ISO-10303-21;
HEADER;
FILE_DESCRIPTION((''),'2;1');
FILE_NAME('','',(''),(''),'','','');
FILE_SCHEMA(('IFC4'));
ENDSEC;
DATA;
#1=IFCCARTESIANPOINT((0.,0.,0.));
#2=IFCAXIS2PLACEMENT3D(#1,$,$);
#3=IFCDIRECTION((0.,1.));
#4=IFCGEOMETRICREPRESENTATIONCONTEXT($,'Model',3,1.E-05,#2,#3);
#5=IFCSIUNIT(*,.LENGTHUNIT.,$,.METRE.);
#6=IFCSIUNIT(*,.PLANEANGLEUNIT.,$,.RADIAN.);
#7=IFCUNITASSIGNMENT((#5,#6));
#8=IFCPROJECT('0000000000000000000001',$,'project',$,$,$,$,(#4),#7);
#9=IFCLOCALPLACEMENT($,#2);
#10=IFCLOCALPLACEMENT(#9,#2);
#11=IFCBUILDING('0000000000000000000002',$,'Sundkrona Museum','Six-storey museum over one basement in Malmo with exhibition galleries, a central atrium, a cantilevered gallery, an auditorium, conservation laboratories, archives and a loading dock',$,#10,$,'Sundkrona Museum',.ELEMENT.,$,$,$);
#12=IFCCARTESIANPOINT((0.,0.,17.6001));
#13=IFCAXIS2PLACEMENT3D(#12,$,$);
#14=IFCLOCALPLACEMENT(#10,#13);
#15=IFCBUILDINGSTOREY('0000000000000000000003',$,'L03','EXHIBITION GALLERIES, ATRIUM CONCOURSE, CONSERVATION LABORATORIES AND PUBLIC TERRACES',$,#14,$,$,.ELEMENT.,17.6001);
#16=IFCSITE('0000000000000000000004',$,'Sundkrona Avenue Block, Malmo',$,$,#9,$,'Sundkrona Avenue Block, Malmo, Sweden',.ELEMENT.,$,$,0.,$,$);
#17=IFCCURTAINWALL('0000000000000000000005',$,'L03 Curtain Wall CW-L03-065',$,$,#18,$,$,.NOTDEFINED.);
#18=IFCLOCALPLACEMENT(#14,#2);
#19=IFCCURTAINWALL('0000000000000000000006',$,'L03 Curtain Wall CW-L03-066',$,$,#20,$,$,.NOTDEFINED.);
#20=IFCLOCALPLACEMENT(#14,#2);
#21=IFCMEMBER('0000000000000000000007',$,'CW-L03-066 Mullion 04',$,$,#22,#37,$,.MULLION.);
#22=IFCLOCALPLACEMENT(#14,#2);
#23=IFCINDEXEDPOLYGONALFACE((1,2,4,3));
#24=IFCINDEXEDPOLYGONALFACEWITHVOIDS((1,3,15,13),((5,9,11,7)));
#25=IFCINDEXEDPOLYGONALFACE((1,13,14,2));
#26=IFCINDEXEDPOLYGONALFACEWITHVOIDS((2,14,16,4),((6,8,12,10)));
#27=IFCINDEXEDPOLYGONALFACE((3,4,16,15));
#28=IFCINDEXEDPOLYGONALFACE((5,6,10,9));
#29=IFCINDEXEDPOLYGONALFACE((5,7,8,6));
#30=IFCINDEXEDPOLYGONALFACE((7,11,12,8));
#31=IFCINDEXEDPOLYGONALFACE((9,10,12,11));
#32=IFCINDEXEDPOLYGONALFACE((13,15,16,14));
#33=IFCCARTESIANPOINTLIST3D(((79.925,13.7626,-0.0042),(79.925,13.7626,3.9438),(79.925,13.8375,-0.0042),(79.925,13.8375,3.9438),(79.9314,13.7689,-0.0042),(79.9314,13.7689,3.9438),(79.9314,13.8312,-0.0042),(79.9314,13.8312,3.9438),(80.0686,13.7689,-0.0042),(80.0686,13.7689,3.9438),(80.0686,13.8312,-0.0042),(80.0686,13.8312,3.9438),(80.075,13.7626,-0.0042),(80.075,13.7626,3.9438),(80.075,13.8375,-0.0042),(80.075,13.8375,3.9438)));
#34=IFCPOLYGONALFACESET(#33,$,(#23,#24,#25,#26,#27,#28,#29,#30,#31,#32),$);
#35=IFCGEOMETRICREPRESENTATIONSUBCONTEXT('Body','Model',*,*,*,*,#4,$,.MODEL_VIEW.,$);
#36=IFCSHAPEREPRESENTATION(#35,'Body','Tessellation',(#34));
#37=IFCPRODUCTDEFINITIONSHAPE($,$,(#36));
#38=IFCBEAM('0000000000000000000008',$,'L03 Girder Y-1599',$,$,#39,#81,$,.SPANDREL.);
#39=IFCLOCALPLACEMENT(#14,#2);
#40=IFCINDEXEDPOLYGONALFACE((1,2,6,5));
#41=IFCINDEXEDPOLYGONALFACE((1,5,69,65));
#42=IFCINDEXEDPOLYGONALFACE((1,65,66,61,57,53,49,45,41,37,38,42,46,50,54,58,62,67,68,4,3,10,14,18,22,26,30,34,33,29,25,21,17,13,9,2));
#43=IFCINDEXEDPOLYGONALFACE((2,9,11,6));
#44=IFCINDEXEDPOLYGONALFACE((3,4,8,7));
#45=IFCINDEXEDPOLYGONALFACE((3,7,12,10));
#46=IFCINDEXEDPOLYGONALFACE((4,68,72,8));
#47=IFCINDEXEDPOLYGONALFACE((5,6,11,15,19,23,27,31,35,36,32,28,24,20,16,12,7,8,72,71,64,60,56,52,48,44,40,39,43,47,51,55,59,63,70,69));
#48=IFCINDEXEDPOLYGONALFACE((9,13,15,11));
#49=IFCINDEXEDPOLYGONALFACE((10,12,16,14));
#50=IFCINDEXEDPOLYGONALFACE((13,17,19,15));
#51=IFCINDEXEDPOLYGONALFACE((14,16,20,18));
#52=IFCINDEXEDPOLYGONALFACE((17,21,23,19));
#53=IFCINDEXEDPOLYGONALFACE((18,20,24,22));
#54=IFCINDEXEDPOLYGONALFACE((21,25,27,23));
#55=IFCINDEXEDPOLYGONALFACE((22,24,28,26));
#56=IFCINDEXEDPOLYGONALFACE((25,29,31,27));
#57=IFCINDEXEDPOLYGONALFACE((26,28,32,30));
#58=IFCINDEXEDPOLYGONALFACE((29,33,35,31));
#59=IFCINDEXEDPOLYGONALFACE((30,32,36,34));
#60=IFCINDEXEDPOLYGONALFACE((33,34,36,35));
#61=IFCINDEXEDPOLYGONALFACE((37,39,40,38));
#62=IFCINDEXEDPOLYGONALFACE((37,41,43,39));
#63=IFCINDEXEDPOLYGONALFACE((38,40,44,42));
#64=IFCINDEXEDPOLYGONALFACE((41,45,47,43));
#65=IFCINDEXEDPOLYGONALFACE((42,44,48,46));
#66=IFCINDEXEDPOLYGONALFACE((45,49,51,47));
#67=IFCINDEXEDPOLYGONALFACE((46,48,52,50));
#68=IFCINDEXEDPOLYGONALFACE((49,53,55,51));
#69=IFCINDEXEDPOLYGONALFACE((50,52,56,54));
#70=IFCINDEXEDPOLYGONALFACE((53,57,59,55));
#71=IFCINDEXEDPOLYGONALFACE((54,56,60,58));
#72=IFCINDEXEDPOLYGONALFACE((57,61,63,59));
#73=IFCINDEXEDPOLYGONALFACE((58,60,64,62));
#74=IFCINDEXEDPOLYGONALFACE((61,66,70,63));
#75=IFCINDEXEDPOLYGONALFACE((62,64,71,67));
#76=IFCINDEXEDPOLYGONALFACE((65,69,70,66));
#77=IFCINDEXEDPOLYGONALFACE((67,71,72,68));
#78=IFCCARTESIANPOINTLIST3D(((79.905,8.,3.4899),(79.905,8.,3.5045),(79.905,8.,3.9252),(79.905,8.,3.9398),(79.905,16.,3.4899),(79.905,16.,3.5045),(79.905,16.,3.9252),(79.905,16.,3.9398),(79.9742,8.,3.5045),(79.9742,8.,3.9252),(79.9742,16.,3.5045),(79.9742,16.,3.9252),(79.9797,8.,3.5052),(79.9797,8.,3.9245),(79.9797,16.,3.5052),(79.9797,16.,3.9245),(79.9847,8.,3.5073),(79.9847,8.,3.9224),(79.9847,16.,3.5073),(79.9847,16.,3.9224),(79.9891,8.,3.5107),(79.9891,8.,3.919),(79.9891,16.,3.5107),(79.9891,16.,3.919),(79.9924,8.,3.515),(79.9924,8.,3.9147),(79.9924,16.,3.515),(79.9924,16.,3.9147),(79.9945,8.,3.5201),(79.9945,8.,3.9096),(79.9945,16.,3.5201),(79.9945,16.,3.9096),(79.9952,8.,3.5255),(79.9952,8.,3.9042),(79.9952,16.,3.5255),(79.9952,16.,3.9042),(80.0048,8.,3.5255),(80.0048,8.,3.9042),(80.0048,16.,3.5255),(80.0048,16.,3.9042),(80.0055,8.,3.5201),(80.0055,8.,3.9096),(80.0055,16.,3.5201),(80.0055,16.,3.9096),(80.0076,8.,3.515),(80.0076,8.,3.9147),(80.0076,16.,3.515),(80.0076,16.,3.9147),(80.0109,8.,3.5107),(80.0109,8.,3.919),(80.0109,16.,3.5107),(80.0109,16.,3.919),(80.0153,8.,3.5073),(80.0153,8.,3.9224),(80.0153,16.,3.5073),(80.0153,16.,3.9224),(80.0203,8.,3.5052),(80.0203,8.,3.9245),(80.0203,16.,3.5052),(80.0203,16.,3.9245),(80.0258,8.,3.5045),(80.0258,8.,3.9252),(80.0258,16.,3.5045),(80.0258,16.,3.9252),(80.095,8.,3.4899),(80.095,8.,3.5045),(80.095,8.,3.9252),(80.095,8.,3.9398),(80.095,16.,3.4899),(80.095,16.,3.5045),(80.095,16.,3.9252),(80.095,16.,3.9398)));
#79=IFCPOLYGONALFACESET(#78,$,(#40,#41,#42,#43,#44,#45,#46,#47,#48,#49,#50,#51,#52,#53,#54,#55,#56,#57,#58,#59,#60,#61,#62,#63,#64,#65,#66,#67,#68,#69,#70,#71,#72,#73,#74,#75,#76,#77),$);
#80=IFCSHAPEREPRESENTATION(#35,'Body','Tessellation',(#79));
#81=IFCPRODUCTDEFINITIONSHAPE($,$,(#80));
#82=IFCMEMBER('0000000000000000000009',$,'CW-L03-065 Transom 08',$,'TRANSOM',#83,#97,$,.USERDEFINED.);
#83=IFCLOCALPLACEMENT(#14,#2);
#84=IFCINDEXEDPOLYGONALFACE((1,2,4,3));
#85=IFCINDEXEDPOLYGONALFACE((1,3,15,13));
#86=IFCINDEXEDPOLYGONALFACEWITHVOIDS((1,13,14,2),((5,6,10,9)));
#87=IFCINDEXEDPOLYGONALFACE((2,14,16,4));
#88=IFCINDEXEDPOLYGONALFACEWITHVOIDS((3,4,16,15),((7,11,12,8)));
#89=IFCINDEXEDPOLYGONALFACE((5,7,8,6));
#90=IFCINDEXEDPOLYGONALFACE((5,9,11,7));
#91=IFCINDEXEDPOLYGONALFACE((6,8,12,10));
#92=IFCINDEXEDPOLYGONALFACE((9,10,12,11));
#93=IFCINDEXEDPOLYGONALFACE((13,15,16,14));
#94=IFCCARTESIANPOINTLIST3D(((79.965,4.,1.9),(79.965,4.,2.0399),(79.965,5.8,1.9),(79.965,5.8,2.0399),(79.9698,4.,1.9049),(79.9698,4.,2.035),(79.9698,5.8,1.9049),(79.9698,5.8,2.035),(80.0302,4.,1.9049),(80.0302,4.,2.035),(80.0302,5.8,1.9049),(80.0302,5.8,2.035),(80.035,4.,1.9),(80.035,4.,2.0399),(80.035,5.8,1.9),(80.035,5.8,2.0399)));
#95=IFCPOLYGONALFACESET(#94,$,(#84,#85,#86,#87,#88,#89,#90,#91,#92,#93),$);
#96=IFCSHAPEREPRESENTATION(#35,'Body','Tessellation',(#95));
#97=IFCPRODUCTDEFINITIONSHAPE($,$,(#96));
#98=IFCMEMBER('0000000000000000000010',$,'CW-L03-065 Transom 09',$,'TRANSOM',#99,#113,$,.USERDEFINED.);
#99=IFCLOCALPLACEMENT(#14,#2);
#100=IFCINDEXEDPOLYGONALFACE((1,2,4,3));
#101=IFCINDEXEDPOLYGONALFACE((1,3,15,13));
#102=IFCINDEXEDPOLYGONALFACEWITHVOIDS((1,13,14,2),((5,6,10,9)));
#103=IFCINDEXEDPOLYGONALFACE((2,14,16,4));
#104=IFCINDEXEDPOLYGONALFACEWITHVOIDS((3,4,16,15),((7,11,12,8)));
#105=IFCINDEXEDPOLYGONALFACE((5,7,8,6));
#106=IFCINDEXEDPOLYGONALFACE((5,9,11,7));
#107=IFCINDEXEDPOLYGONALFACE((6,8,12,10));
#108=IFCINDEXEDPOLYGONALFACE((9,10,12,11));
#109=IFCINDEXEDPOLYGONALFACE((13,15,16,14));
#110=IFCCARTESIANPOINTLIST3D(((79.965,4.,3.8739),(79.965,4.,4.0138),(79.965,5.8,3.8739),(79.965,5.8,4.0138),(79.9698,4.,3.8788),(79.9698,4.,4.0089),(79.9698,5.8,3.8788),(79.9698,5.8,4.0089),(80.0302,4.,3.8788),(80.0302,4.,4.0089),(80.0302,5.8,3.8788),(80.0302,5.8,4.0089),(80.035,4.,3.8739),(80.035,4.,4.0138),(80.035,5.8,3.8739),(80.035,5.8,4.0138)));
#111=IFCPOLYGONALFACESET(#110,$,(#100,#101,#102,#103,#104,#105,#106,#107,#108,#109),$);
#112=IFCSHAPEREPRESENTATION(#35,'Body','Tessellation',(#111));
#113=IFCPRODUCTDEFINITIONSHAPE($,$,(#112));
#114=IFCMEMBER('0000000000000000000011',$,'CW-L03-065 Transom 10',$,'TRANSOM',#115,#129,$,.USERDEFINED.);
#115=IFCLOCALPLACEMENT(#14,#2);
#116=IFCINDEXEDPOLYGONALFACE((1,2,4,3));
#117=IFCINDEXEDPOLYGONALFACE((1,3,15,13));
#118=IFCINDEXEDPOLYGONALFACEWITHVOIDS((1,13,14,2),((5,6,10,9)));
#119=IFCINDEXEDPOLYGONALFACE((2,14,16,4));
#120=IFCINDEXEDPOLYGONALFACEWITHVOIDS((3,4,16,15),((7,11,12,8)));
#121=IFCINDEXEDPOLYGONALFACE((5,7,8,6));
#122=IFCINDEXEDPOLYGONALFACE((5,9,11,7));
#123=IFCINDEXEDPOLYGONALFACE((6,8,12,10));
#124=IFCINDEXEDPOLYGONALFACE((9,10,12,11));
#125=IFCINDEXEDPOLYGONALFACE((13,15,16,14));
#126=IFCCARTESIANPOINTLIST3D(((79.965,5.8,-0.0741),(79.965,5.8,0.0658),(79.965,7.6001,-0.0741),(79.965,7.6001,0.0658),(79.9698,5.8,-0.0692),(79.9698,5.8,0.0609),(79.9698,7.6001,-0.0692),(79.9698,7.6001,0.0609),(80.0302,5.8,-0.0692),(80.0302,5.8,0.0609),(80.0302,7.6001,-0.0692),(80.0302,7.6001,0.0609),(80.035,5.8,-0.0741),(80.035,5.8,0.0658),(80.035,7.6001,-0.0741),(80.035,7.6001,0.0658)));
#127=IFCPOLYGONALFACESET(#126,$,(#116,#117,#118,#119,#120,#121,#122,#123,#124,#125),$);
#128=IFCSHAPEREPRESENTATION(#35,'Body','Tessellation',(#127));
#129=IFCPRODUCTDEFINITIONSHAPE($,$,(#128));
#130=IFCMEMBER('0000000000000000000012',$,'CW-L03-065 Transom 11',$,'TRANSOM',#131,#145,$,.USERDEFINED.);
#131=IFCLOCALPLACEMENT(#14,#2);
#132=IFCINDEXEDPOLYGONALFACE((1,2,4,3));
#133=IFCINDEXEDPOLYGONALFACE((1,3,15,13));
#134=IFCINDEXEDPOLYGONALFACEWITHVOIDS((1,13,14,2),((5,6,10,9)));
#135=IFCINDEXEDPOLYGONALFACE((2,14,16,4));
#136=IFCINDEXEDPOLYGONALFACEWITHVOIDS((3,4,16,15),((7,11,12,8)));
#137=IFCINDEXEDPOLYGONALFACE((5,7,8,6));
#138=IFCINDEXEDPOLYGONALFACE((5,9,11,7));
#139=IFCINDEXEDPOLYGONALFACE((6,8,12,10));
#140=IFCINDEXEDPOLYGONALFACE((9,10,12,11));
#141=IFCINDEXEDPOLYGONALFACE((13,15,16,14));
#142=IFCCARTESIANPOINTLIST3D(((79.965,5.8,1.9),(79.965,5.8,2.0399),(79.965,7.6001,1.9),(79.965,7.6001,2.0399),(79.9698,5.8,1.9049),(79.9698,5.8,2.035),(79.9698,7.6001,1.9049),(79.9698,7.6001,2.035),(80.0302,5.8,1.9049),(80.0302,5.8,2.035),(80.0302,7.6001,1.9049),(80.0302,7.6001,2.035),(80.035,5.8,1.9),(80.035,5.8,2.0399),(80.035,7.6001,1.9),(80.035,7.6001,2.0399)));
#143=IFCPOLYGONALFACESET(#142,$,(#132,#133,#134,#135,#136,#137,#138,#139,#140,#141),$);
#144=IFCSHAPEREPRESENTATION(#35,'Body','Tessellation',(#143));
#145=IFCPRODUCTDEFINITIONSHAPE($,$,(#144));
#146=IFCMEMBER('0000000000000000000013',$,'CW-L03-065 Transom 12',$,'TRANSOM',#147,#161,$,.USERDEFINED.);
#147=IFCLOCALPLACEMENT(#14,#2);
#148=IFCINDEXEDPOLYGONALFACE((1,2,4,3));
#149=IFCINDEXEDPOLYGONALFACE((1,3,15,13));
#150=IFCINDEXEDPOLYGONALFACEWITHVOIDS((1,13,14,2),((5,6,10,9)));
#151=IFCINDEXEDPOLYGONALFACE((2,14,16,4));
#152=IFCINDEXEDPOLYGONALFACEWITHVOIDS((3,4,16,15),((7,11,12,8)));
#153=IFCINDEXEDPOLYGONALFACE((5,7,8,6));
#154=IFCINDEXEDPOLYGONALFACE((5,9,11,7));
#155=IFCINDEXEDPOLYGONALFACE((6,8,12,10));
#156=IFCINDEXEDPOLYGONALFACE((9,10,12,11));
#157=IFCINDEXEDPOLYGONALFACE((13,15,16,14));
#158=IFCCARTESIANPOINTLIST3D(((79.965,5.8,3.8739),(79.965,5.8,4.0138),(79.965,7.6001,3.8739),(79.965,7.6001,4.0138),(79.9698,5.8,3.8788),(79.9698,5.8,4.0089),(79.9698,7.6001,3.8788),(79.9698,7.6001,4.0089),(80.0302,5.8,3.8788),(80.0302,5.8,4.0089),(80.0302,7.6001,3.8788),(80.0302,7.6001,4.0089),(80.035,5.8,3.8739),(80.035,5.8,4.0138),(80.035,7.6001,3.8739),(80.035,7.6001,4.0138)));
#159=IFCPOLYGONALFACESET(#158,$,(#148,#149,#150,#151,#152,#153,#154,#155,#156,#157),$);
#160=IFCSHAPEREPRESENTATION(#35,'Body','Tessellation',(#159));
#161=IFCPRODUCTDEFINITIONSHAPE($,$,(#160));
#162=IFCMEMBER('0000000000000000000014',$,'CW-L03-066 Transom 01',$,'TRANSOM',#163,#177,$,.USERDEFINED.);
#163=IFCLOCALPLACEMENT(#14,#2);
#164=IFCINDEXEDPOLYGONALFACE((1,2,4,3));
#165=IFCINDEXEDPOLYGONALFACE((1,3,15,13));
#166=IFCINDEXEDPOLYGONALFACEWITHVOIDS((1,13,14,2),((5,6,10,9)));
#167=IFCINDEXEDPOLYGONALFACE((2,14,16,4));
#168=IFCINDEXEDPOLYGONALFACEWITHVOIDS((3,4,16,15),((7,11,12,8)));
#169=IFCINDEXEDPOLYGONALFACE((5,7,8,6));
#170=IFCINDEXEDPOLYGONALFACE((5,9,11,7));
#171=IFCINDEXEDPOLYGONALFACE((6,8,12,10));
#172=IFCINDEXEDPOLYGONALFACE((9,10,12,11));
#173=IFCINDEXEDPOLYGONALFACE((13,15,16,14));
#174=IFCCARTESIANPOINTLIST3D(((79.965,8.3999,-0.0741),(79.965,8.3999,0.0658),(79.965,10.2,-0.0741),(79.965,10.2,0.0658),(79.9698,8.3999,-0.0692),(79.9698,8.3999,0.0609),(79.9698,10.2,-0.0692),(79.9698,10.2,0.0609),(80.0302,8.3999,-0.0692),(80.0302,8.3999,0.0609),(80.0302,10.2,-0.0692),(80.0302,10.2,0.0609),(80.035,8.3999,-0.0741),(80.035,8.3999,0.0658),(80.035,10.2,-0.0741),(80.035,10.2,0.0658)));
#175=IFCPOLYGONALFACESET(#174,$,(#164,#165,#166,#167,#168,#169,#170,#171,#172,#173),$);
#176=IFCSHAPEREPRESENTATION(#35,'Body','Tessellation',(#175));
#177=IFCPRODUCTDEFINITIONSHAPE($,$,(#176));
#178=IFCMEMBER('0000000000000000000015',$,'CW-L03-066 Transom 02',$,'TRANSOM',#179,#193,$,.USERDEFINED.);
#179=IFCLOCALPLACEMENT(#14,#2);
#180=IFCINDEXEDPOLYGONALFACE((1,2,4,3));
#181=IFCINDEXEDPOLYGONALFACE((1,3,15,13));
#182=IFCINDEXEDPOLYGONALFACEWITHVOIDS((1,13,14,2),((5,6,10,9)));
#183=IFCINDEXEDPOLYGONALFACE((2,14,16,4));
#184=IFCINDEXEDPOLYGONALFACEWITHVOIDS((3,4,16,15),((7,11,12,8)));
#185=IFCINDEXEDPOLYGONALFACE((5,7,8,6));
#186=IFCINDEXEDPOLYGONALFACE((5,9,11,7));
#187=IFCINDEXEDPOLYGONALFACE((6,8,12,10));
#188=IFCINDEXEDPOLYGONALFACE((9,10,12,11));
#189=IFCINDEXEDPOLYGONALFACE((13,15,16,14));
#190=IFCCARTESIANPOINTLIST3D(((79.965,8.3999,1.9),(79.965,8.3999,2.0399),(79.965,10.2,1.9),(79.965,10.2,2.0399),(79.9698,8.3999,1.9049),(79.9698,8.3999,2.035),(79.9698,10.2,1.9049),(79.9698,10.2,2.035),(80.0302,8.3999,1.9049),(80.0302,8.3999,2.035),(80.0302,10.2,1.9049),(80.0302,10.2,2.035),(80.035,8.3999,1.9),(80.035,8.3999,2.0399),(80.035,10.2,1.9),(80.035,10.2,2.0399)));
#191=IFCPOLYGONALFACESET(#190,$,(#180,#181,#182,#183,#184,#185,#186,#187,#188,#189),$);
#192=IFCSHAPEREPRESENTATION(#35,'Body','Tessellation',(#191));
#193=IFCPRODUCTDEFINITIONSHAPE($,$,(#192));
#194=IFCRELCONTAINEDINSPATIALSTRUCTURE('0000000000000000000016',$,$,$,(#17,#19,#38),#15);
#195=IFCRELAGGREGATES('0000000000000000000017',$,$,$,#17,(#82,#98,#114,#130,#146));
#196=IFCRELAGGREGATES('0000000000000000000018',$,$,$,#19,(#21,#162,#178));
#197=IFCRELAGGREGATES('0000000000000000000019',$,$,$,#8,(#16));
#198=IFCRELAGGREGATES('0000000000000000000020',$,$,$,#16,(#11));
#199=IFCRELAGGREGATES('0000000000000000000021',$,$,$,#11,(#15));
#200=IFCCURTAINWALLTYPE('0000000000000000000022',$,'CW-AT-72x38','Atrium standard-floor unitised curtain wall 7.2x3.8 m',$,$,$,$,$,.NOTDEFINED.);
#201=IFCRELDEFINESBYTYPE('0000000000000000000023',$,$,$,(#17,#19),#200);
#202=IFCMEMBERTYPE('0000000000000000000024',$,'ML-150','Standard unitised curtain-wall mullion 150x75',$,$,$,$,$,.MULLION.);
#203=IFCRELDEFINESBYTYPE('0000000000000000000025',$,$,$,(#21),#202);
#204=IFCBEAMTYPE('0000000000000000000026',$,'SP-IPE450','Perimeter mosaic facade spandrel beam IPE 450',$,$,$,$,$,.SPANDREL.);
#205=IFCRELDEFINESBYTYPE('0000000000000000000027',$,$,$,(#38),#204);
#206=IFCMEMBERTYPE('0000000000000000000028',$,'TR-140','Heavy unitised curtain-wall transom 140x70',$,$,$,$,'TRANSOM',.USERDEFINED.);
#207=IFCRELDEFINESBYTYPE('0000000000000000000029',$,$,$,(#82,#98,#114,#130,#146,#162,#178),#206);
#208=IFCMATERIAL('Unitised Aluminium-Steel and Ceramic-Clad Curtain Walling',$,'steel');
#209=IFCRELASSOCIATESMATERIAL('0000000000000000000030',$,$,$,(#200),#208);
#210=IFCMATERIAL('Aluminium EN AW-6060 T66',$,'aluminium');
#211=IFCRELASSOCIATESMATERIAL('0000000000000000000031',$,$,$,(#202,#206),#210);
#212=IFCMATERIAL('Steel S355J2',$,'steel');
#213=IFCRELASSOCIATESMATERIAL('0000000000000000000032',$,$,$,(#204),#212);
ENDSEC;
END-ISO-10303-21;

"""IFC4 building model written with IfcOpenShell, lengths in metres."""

from ifc_helpers import new_model, si_unit, direction, frame, origin, origin_2d, place, context, subcontext, project, spatial, hollow_rectangle, i_section, extrude, material, material_profile, profile_set, type_object, element, aggregate, save


model = new_model("IFC4")

# Units and contexts
model_context = context("Model", 3, precision=1e-05, world=origin(), true_north=direction((0.0, 1.0)))
body_context = subcontext(model_context, "Body", "Model", "MODEL_VIEW")
ifc_project = project(units=[si_unit("LENGTHUNIT", "METRE"), si_unit("PLANEANGLEUNIT", "RADIAN")], contexts=[model_context])

# Site, building, storey
site_placement = place(None, origin())
site = spatial("IfcSite", under=ifc_project, at=site_placement, Name="Sundkrona Avenue Block, Malmo", LongName="Sundkrona Avenue Block, Malmo, Sweden", CompositionType="ELEMENT", RefElevation=0.0)
building_placement = place(site_placement, origin())
building = spatial("IfcBuilding", under=site, at=building_placement, Name="Sundkrona Museum", Description="Six-storey museum over one basement in Malmo with exhibition galleries, a central atrium, a cantilevered gallery, an auditorium, conservation laboratories, archives and a loading dock", LongName="Sundkrona Museum", CompositionType="ELEMENT")
storey_placement = place(building_placement, frame((0.0, 0.0, 17.6001)))
storey = spatial("IfcBuildingStorey", under=building, at=storey_placement, Name="L03", Description="EXHIBITION GALLERIES, ATRIUM CONCOURSE, CONSERVATION LABORATORIES AND PUBLIC TERRACES", CompositionType="ELEMENT", Elevation=17.6001)

# Shared definitions
ifc_material_1 = material(Name="Steel S355J2", Category="steel")

# Curtain walls, member
ifc_material_2 = material(Name="Unitised Aluminium-Steel and Ceramic-Clad Curtain Walling", Category="steel")
curtain_wall_type = type_object("IfcCurtainWallType", Name="CW-AT-72x38", Description="Atrium standard-floor unitised curtain wall 7.2x3.8 m", PredefinedType="NOTDEFINED", material=ifc_material_2)
curtain_wall_1_placement = place(storey_placement, origin())
curtain_wall_1 = element("IfcCurtainWall", 1, at=curtain_wall_1_placement, inside=storey, type_object=curtain_wall_type, Name="L03 Curtain Wall CW-L03-065", PredefinedType="NOTDEFINED")
ifc_material_3 = material(Name="Aluminium EN AW-6060 T66", Category="aluminium")
ifc_material_profile_1 = material_profile(ifc_material_3, hollow_rectangle(XDim=0.075, YDim=0.1499, WallThickness=0.0063, at=origin_2d()), Name="RHS 150x75x6.3")
ifc_profile_set_1 = profile_set([ifc_material_profile_1], Name="Aluminium EN AW-6060 T66")
member_type_1 = type_object("IfcMemberType", Name="ML-150", Description="Standard unitised curtain-wall mullion 150x75", PredefinedType="MULLION", material=ifc_profile_set_1)
curtain_wall_2_placement = place(storey_placement, origin())
curtain_wall_2 = element("IfcCurtainWall", 2, at=curtain_wall_2_placement, inside=storey, type_object=curtain_wall_type, Name="L03 Curtain Wall CW-L03-066", PredefinedType="NOTDEFINED")
member_1_placement = place(storey_placement, frame((80.0, 13.8, -0.0042), z_axis=(0.0, 0.0, 1.0), x_axis=(0.0, 1.0, 0.0)))
member_1 = element("IfcMember", 3, at=member_1_placement, type_object=member_type_1, Name="CW-L03-066 Mullion 04", PredefinedType="MULLION", context=body_context, shape_type="SweptSolid", body=[
    extrude(hollow_rectangle(XDim=0.075, YDim=0.1499, WallThickness=0.0063, at=origin_2d()), origin(), (0.0, 0.0, 1.0), 3.948),
])

# Beam
ifc_material_profile_2 = material_profile(ifc_material_1, i_section(OverallWidth=0.1899, OverallDepth=0.45, WebThickness=0.0095, FlangeThickness=0.0146, FilletRadius=0.021, at=origin_2d()), Name="IPE 450")
ifc_profile_set_2 = profile_set([ifc_material_profile_2], Name="Steel S355J2")
beam_type_1 = type_object("IfcBeamType", Name="SP-IPE450", Description="Perimeter mosaic facade spandrel beam IPE 450", PredefinedType="SPANDREL", material=ifc_profile_set_2)
beam_1_placement = place(storey_placement, frame((80.0, 8.0, 3.7148), z_axis=(0.0, 1.0, 0.0), x_axis=(-1.0, 0.0, 0.0)))
element("IfcBeam", 4, at=beam_1_placement, inside=storey, type_object=beam_type_1, Name="L03 Girder Y-1599", PredefinedType="SPANDREL", context=body_context, shape_type="SweptSolid", body=[
    extrude(i_section(OverallWidth=0.1899, OverallDepth=0.45, WebThickness=0.0095, FlangeThickness=0.0146, FilletRadius=0.021, at=origin_2d()), origin(), (0.0, 0.0, 1.0), 8.0),
])

# Members
ifc_material_profile_3 = material_profile(ifc_material_3, hollow_rectangle(XDim=0.0701, YDim=0.1399, WallThickness=0.0049, at=origin_2d()), Name="RHS 140x70x5.0")
ifc_profile_set_3 = profile_set([ifc_material_profile_3], Name="Aluminium EN AW-6060 T66")
member_type_2 = type_object("IfcMemberType", Name="TR-140", Description="Heavy unitised curtain-wall transom 140x70", ElementType="TRANSOM", PredefinedType="USERDEFINED", material=ifc_profile_set_3)
member_2_placement = place(storey_placement, frame((80.0, 4.0, 1.97), z_axis=(0.0, 1.0, 0.0), x_axis=(-1.0, 0.0, 0.0)))
member_2 = element("IfcMember", 5, at=member_2_placement, type_object=member_type_2, Name="CW-L03-065 Transom 08", ObjectType="TRANSOM", PredefinedType="USERDEFINED", context=body_context, shape_type="SweptSolid", body=[
    extrude(hollow_rectangle(XDim=0.0701, YDim=0.1399, WallThickness=0.0049, at=origin_2d()), origin(), (0.0, 0.0, 1.0), 1.8),
])
member_3_placement = place(storey_placement, frame((80.0, 4.0, 3.9438), z_axis=(0.0, 1.0, 0.0), x_axis=(-1.0, 0.0, 0.0)))
member_3 = element("IfcMember", 6, at=member_3_placement, type_object=member_type_2, Name="CW-L03-065 Transom 09", ObjectType="TRANSOM", PredefinedType="USERDEFINED", context=body_context, shape_type="SweptSolid", body=[
    extrude(hollow_rectangle(XDim=0.0701, YDim=0.1399, WallThickness=0.0049, at=origin_2d()), origin(), (0.0, 0.0, 1.0), 1.8),
])
member_4_placement = place(storey_placement, frame((80.0, 5.8, -0.0042), z_axis=(0.0, 1.0, 0.0), x_axis=(-1.0, 0.0, 0.0)))
member_4 = element("IfcMember", 7, at=member_4_placement, type_object=member_type_2, Name="CW-L03-065 Transom 10", ObjectType="TRANSOM", PredefinedType="USERDEFINED", context=body_context, shape_type="SweptSolid", body=[
    extrude(hollow_rectangle(XDim=0.0701, YDim=0.1399, WallThickness=0.0049, at=origin_2d()), origin(), (0.0, 0.0, 1.0), 1.8),
])
member_5_placement = place(storey_placement, frame((80.0, 5.8, 1.97), z_axis=(0.0, 1.0, 0.0), x_axis=(-1.0, 0.0, 0.0)))
member_5 = element("IfcMember", 8, at=member_5_placement, type_object=member_type_2, Name="CW-L03-065 Transom 11", ObjectType="TRANSOM", PredefinedType="USERDEFINED", context=body_context, shape_type="SweptSolid", body=[
    extrude(hollow_rectangle(XDim=0.0701, YDim=0.1399, WallThickness=0.0049, at=origin_2d()), origin(), (0.0, 0.0, 1.0), 1.8),
])
member_6_placement = place(storey_placement, frame((80.0, 5.8, 3.9438), z_axis=(0.0, 1.0, 0.0), x_axis=(-1.0, 0.0, 0.0)))
member_6 = element("IfcMember", 9, at=member_6_placement, type_object=member_type_2, Name="CW-L03-065 Transom 12", ObjectType="TRANSOM", PredefinedType="USERDEFINED", context=body_context, shape_type="SweptSolid", body=[
    extrude(hollow_rectangle(XDim=0.0701, YDim=0.1399, WallThickness=0.0049, at=origin_2d()), origin(), (0.0, 0.0, 1.0), 1.8),
])
member_7_placement = place(storey_placement, frame((80.0, 8.3999, -0.0042), z_axis=(0.0, 1.0, 0.0), x_axis=(-1.0, 0.0, 0.0)))
member_7 = element("IfcMember", 10, at=member_7_placement, type_object=member_type_2, Name="CW-L03-066 Transom 01", ObjectType="TRANSOM", PredefinedType="USERDEFINED", context=body_context, shape_type="SweptSolid", body=[
    extrude(hollow_rectangle(XDim=0.0701, YDim=0.1399, WallThickness=0.0049, at=origin_2d()), origin(), (0.0, 0.0, 1.0), 1.8),
])
member_8_placement = place(storey_placement, frame((80.0, 8.3999, 1.97), z_axis=(0.0, 1.0, 0.0), x_axis=(-1.0, 0.0, 0.0)))
member_8 = element("IfcMember", 11, at=member_8_placement, type_object=member_type_2, Name="CW-L03-066 Transom 02", ObjectType="TRANSOM", PredefinedType="USERDEFINED", context=body_context, shape_type="SweptSolid", body=[
    extrude(hollow_rectangle(XDim=0.0701, YDim=0.1399, WallThickness=0.0049, at=origin_2d()), origin(), (0.0, 0.0, 1.0), 1.8),
])

aggregate(curtain_wall_1, [member_2, member_3, member_4, member_5, member_6])
aggregate(curtain_wall_2, [member_1, member_7, member_8])

save(model, "model.ifc")
